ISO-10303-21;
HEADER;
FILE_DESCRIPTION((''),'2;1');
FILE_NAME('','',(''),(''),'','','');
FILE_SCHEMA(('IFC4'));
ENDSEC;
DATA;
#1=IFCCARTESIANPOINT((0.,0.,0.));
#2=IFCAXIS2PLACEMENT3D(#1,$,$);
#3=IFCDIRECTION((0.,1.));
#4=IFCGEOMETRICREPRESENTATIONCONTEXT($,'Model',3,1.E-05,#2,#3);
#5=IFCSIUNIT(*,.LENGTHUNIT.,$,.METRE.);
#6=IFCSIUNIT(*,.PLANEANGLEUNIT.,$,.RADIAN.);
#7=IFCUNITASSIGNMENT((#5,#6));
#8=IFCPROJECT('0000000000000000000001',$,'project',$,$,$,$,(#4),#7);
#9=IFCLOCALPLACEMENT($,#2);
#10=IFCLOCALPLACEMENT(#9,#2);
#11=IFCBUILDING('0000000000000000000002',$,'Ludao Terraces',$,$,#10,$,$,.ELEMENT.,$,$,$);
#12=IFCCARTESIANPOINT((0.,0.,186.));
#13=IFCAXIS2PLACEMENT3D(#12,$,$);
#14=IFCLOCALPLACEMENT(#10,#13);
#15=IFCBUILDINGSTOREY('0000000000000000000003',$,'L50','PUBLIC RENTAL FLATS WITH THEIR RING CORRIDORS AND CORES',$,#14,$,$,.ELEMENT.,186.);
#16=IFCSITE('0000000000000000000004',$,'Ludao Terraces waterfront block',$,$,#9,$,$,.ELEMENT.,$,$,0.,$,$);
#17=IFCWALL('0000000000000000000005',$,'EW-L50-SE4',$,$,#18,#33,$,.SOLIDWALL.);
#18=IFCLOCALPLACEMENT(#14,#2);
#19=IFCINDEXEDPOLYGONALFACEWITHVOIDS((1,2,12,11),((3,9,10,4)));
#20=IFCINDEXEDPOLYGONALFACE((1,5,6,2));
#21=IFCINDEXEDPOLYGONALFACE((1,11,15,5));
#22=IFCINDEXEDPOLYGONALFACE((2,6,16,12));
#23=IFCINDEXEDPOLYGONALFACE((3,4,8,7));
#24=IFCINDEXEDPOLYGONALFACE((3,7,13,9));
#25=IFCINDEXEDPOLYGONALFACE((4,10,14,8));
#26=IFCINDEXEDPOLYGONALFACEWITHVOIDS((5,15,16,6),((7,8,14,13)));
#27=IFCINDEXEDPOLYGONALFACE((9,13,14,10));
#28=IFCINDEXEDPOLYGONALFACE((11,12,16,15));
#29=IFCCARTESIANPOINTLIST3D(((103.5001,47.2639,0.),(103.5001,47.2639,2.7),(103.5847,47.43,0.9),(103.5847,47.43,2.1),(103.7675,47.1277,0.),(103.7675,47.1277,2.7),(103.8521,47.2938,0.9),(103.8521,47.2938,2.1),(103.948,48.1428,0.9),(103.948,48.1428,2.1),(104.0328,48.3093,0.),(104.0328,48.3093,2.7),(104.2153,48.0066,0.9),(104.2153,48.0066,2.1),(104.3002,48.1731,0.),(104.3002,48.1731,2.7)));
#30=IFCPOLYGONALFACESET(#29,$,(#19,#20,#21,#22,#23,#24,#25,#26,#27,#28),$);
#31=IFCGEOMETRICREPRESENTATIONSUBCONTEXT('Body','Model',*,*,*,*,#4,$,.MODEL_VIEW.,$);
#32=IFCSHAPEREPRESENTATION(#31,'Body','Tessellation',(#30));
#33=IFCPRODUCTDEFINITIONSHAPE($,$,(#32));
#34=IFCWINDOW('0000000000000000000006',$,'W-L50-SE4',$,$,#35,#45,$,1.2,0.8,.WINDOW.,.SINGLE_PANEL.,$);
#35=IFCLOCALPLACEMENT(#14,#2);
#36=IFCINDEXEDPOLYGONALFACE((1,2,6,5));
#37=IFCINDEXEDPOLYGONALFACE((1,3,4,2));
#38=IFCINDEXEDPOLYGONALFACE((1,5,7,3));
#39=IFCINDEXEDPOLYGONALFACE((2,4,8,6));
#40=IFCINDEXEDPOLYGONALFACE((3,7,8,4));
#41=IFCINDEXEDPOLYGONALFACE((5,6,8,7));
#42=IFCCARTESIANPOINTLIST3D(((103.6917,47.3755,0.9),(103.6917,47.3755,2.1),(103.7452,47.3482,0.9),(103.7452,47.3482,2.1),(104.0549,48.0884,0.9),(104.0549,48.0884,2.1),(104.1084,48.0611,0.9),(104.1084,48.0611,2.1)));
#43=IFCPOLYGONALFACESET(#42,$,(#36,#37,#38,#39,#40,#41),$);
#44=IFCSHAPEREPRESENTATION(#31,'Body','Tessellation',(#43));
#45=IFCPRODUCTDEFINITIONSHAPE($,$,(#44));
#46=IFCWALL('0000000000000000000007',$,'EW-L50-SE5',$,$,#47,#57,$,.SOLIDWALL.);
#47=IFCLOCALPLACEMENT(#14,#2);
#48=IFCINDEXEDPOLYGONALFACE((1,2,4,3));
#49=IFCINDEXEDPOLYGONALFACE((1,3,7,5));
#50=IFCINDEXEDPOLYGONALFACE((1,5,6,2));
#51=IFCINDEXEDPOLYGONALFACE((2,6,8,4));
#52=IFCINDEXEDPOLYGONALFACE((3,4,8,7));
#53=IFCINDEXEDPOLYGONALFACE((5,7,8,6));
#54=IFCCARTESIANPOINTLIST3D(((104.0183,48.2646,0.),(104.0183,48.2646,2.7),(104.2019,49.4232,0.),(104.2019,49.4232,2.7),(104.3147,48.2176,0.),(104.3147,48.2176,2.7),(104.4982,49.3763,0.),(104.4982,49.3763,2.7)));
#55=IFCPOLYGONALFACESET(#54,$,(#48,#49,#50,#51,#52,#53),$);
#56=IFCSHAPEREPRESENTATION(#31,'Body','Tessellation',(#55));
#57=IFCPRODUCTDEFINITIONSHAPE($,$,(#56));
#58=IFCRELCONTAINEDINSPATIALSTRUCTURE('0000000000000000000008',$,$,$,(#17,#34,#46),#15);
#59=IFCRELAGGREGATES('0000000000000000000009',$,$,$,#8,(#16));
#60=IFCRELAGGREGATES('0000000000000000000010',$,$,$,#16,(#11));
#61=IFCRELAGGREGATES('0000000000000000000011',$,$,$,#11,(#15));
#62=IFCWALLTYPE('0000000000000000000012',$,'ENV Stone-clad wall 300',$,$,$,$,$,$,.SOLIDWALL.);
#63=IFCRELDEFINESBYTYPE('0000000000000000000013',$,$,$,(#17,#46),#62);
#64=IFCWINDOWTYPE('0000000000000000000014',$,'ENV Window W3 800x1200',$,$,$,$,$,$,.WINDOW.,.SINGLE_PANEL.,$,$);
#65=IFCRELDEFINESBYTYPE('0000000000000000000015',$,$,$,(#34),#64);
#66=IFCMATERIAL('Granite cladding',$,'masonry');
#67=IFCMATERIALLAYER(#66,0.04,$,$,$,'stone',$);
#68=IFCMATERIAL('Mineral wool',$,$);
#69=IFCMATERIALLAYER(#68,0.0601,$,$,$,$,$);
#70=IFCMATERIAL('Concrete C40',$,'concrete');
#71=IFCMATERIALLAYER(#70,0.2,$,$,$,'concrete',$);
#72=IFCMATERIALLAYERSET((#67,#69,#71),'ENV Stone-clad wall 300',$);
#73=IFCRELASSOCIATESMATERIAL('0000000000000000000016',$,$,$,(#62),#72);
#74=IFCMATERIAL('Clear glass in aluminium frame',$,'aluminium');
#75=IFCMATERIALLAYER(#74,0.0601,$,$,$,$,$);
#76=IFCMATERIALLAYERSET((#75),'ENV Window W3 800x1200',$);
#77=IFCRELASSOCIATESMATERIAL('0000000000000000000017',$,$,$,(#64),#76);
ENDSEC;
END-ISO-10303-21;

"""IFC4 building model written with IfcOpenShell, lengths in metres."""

from ifc_helpers import new_model, si_unit, direction, frame, frame_2d, origin, place, context, subcontext, project, spatial, rectangle, extrude, material, layer, layer_set, type_object, element, fill, save


model = new_model("IFC4")

# Units and contexts
model_context = context("Model", 3, precision=1e-05, world=origin(), true_north=direction((0.0, 1.0)))
body_context = subcontext(model_context, "Body", "Model", "MODEL_VIEW")
ifc_project = project(units=[si_unit("LENGTHUNIT", "METRE"), si_unit("PLANEANGLEUNIT", "RADIAN")], contexts=[model_context])

# Site, building, storey
site_placement = place(None, origin())
site = spatial("IfcSite", under=ifc_project, at=site_placement, Name="Ludao Terraces waterfront block", CompositionType="ELEMENT", RefElevation=0.0)
building_placement = place(site_placement, origin())
building = spatial("IfcBuilding", under=site, at=building_placement, Name="Ludao Terraces", CompositionType="ELEMENT")
storey_placement = place(building_placement, frame((0.0, 0.0, 186.0)))
storey = spatial("IfcBuildingStorey", under=building, at=storey_placement, Name="L50", Description="PUBLIC RENTAL FLATS WITH THEIR RING CORRIDORS AND CORES", CompositionType="ELEMENT", Elevation=186.0)

# Shared definitions
ifc_material_1 = material(Name="Concrete C40", Category="concrete")

# Wall, opening, window
ifc_material_2 = material(Name="Granite cladding", Category="masonry")
ifc_layer_1 = layer(ifc_material_2, 0.04, Category="stone")
ifc_material_3 = material(Name="Mineral wool")
ifc_layer_2 = layer(ifc_material_3, 0.0601)
ifc_layer_3 = layer(ifc_material_1, 0.2, Category="concrete")
ifc_layer_set_1 = layer_set([ifc_layer_1, ifc_layer_2, ifc_layer_3], Name="ENV Stone-clad wall 300")
wall_type = type_object("IfcWallType", Name="ENV Stone-clad wall 300", PredefinedType="SOLIDWALL", material=ifc_layer_set_1)
ifc_material_4 = material(Name="Clear glass in aluminium frame", Category="aluminium")
ifc_layer_4 = layer(ifc_material_4, 0.0601)
ifc_layer_set_2 = layer_set([ifc_layer_4], Name="ENV Window W3 800x1200")
window_type_1 = type_object("IfcWindowType", Name="ENV Window W3 800x1200", PartitioningType="SINGLE_PANEL", PredefinedType="WINDOW", material=ifc_layer_set_2)
wall_1_placement = place(storey_placement, frame((103.6338, 47.1958, 0.0), z_axis=(0.0, 0.0, 1.0), x_axis=(0.454026, 0.890989, 0.0)))
wall_1 = element("IfcWall", 1, at=wall_1_placement, inside=storey, type_object=wall_type, Name="EW-L50-SE4", PredefinedType="SOLIDWALL", context=body_context, shape_type="SweptSolid", body=[
    extrude(rectangle(XDim=1.1733, YDim=0.3, at=frame_2d((0.5867, 0.0))), origin(), (0.0, 0.0, 1.0), 2.7),
])
opening_1_placement = place(wall_1_placement, frame((0.1865, 0.0, 0.8999)))
opening_1 = element("IfcOpeningElement", 2, at=opening_1_placement, cuts=wall_1, PredefinedType="OPENING", context=body_context, shape_type="SweptSolid", body=[
    extrude(rectangle(XDim=0.8, YDim=1.2, at=frame_2d((0.3999, 0.6001))), frame((0.0, 0.1602, 0.0), z_axis=(0.0, -1.0, 0.0), x_axis=(1.0, 0.0, 0.0)), (0.0, 0.0, 1.0), 0.3201),
])
window_1_placement = place(opening_1_placement, origin())
window_1 = element("IfcWindow", 3, at=window_1_placement, inside=storey, type_object=window_type_1, Name="W-L50-SE4", OverallHeight=1.2, OverallWidth=0.8, PartitioningType="SINGLE_PANEL", PredefinedType="WINDOW", context=body_context, shape_type="SweptSolid", body=[
    extrude(rectangle(XDim=0.8, YDim=1.2, at=frame_2d((0.3999, 0.6001))), frame((0.0, 0.03, 0.0), z_axis=(0.0, -1.0, 0.0), x_axis=(1.0, 0.0, 0.0)), (0.0, 0.0, 1.0), 0.0601),
])
fill(opening_1, window_1)

# Wall
wall_2_placement = place(storey_placement, frame((104.1665, 48.2412, 0.0), z_axis=(0.0, 0.0, 1.0), x_axis=(0.156497, 0.987678, 0.0)))
element("IfcWall", 4, at=wall_2_placement, inside=storey, type_object=wall_type, Name="EW-L50-SE5", PredefinedType="SOLIDWALL", context=body_context, shape_type="SweptSolid", body=[
    extrude(rectangle(XDim=1.1731, YDim=0.3, at=frame_2d((0.5864, 0.0))), origin(), (0.0, 0.0, 1.0), 2.7),
])

save(model, "model.ifc")
